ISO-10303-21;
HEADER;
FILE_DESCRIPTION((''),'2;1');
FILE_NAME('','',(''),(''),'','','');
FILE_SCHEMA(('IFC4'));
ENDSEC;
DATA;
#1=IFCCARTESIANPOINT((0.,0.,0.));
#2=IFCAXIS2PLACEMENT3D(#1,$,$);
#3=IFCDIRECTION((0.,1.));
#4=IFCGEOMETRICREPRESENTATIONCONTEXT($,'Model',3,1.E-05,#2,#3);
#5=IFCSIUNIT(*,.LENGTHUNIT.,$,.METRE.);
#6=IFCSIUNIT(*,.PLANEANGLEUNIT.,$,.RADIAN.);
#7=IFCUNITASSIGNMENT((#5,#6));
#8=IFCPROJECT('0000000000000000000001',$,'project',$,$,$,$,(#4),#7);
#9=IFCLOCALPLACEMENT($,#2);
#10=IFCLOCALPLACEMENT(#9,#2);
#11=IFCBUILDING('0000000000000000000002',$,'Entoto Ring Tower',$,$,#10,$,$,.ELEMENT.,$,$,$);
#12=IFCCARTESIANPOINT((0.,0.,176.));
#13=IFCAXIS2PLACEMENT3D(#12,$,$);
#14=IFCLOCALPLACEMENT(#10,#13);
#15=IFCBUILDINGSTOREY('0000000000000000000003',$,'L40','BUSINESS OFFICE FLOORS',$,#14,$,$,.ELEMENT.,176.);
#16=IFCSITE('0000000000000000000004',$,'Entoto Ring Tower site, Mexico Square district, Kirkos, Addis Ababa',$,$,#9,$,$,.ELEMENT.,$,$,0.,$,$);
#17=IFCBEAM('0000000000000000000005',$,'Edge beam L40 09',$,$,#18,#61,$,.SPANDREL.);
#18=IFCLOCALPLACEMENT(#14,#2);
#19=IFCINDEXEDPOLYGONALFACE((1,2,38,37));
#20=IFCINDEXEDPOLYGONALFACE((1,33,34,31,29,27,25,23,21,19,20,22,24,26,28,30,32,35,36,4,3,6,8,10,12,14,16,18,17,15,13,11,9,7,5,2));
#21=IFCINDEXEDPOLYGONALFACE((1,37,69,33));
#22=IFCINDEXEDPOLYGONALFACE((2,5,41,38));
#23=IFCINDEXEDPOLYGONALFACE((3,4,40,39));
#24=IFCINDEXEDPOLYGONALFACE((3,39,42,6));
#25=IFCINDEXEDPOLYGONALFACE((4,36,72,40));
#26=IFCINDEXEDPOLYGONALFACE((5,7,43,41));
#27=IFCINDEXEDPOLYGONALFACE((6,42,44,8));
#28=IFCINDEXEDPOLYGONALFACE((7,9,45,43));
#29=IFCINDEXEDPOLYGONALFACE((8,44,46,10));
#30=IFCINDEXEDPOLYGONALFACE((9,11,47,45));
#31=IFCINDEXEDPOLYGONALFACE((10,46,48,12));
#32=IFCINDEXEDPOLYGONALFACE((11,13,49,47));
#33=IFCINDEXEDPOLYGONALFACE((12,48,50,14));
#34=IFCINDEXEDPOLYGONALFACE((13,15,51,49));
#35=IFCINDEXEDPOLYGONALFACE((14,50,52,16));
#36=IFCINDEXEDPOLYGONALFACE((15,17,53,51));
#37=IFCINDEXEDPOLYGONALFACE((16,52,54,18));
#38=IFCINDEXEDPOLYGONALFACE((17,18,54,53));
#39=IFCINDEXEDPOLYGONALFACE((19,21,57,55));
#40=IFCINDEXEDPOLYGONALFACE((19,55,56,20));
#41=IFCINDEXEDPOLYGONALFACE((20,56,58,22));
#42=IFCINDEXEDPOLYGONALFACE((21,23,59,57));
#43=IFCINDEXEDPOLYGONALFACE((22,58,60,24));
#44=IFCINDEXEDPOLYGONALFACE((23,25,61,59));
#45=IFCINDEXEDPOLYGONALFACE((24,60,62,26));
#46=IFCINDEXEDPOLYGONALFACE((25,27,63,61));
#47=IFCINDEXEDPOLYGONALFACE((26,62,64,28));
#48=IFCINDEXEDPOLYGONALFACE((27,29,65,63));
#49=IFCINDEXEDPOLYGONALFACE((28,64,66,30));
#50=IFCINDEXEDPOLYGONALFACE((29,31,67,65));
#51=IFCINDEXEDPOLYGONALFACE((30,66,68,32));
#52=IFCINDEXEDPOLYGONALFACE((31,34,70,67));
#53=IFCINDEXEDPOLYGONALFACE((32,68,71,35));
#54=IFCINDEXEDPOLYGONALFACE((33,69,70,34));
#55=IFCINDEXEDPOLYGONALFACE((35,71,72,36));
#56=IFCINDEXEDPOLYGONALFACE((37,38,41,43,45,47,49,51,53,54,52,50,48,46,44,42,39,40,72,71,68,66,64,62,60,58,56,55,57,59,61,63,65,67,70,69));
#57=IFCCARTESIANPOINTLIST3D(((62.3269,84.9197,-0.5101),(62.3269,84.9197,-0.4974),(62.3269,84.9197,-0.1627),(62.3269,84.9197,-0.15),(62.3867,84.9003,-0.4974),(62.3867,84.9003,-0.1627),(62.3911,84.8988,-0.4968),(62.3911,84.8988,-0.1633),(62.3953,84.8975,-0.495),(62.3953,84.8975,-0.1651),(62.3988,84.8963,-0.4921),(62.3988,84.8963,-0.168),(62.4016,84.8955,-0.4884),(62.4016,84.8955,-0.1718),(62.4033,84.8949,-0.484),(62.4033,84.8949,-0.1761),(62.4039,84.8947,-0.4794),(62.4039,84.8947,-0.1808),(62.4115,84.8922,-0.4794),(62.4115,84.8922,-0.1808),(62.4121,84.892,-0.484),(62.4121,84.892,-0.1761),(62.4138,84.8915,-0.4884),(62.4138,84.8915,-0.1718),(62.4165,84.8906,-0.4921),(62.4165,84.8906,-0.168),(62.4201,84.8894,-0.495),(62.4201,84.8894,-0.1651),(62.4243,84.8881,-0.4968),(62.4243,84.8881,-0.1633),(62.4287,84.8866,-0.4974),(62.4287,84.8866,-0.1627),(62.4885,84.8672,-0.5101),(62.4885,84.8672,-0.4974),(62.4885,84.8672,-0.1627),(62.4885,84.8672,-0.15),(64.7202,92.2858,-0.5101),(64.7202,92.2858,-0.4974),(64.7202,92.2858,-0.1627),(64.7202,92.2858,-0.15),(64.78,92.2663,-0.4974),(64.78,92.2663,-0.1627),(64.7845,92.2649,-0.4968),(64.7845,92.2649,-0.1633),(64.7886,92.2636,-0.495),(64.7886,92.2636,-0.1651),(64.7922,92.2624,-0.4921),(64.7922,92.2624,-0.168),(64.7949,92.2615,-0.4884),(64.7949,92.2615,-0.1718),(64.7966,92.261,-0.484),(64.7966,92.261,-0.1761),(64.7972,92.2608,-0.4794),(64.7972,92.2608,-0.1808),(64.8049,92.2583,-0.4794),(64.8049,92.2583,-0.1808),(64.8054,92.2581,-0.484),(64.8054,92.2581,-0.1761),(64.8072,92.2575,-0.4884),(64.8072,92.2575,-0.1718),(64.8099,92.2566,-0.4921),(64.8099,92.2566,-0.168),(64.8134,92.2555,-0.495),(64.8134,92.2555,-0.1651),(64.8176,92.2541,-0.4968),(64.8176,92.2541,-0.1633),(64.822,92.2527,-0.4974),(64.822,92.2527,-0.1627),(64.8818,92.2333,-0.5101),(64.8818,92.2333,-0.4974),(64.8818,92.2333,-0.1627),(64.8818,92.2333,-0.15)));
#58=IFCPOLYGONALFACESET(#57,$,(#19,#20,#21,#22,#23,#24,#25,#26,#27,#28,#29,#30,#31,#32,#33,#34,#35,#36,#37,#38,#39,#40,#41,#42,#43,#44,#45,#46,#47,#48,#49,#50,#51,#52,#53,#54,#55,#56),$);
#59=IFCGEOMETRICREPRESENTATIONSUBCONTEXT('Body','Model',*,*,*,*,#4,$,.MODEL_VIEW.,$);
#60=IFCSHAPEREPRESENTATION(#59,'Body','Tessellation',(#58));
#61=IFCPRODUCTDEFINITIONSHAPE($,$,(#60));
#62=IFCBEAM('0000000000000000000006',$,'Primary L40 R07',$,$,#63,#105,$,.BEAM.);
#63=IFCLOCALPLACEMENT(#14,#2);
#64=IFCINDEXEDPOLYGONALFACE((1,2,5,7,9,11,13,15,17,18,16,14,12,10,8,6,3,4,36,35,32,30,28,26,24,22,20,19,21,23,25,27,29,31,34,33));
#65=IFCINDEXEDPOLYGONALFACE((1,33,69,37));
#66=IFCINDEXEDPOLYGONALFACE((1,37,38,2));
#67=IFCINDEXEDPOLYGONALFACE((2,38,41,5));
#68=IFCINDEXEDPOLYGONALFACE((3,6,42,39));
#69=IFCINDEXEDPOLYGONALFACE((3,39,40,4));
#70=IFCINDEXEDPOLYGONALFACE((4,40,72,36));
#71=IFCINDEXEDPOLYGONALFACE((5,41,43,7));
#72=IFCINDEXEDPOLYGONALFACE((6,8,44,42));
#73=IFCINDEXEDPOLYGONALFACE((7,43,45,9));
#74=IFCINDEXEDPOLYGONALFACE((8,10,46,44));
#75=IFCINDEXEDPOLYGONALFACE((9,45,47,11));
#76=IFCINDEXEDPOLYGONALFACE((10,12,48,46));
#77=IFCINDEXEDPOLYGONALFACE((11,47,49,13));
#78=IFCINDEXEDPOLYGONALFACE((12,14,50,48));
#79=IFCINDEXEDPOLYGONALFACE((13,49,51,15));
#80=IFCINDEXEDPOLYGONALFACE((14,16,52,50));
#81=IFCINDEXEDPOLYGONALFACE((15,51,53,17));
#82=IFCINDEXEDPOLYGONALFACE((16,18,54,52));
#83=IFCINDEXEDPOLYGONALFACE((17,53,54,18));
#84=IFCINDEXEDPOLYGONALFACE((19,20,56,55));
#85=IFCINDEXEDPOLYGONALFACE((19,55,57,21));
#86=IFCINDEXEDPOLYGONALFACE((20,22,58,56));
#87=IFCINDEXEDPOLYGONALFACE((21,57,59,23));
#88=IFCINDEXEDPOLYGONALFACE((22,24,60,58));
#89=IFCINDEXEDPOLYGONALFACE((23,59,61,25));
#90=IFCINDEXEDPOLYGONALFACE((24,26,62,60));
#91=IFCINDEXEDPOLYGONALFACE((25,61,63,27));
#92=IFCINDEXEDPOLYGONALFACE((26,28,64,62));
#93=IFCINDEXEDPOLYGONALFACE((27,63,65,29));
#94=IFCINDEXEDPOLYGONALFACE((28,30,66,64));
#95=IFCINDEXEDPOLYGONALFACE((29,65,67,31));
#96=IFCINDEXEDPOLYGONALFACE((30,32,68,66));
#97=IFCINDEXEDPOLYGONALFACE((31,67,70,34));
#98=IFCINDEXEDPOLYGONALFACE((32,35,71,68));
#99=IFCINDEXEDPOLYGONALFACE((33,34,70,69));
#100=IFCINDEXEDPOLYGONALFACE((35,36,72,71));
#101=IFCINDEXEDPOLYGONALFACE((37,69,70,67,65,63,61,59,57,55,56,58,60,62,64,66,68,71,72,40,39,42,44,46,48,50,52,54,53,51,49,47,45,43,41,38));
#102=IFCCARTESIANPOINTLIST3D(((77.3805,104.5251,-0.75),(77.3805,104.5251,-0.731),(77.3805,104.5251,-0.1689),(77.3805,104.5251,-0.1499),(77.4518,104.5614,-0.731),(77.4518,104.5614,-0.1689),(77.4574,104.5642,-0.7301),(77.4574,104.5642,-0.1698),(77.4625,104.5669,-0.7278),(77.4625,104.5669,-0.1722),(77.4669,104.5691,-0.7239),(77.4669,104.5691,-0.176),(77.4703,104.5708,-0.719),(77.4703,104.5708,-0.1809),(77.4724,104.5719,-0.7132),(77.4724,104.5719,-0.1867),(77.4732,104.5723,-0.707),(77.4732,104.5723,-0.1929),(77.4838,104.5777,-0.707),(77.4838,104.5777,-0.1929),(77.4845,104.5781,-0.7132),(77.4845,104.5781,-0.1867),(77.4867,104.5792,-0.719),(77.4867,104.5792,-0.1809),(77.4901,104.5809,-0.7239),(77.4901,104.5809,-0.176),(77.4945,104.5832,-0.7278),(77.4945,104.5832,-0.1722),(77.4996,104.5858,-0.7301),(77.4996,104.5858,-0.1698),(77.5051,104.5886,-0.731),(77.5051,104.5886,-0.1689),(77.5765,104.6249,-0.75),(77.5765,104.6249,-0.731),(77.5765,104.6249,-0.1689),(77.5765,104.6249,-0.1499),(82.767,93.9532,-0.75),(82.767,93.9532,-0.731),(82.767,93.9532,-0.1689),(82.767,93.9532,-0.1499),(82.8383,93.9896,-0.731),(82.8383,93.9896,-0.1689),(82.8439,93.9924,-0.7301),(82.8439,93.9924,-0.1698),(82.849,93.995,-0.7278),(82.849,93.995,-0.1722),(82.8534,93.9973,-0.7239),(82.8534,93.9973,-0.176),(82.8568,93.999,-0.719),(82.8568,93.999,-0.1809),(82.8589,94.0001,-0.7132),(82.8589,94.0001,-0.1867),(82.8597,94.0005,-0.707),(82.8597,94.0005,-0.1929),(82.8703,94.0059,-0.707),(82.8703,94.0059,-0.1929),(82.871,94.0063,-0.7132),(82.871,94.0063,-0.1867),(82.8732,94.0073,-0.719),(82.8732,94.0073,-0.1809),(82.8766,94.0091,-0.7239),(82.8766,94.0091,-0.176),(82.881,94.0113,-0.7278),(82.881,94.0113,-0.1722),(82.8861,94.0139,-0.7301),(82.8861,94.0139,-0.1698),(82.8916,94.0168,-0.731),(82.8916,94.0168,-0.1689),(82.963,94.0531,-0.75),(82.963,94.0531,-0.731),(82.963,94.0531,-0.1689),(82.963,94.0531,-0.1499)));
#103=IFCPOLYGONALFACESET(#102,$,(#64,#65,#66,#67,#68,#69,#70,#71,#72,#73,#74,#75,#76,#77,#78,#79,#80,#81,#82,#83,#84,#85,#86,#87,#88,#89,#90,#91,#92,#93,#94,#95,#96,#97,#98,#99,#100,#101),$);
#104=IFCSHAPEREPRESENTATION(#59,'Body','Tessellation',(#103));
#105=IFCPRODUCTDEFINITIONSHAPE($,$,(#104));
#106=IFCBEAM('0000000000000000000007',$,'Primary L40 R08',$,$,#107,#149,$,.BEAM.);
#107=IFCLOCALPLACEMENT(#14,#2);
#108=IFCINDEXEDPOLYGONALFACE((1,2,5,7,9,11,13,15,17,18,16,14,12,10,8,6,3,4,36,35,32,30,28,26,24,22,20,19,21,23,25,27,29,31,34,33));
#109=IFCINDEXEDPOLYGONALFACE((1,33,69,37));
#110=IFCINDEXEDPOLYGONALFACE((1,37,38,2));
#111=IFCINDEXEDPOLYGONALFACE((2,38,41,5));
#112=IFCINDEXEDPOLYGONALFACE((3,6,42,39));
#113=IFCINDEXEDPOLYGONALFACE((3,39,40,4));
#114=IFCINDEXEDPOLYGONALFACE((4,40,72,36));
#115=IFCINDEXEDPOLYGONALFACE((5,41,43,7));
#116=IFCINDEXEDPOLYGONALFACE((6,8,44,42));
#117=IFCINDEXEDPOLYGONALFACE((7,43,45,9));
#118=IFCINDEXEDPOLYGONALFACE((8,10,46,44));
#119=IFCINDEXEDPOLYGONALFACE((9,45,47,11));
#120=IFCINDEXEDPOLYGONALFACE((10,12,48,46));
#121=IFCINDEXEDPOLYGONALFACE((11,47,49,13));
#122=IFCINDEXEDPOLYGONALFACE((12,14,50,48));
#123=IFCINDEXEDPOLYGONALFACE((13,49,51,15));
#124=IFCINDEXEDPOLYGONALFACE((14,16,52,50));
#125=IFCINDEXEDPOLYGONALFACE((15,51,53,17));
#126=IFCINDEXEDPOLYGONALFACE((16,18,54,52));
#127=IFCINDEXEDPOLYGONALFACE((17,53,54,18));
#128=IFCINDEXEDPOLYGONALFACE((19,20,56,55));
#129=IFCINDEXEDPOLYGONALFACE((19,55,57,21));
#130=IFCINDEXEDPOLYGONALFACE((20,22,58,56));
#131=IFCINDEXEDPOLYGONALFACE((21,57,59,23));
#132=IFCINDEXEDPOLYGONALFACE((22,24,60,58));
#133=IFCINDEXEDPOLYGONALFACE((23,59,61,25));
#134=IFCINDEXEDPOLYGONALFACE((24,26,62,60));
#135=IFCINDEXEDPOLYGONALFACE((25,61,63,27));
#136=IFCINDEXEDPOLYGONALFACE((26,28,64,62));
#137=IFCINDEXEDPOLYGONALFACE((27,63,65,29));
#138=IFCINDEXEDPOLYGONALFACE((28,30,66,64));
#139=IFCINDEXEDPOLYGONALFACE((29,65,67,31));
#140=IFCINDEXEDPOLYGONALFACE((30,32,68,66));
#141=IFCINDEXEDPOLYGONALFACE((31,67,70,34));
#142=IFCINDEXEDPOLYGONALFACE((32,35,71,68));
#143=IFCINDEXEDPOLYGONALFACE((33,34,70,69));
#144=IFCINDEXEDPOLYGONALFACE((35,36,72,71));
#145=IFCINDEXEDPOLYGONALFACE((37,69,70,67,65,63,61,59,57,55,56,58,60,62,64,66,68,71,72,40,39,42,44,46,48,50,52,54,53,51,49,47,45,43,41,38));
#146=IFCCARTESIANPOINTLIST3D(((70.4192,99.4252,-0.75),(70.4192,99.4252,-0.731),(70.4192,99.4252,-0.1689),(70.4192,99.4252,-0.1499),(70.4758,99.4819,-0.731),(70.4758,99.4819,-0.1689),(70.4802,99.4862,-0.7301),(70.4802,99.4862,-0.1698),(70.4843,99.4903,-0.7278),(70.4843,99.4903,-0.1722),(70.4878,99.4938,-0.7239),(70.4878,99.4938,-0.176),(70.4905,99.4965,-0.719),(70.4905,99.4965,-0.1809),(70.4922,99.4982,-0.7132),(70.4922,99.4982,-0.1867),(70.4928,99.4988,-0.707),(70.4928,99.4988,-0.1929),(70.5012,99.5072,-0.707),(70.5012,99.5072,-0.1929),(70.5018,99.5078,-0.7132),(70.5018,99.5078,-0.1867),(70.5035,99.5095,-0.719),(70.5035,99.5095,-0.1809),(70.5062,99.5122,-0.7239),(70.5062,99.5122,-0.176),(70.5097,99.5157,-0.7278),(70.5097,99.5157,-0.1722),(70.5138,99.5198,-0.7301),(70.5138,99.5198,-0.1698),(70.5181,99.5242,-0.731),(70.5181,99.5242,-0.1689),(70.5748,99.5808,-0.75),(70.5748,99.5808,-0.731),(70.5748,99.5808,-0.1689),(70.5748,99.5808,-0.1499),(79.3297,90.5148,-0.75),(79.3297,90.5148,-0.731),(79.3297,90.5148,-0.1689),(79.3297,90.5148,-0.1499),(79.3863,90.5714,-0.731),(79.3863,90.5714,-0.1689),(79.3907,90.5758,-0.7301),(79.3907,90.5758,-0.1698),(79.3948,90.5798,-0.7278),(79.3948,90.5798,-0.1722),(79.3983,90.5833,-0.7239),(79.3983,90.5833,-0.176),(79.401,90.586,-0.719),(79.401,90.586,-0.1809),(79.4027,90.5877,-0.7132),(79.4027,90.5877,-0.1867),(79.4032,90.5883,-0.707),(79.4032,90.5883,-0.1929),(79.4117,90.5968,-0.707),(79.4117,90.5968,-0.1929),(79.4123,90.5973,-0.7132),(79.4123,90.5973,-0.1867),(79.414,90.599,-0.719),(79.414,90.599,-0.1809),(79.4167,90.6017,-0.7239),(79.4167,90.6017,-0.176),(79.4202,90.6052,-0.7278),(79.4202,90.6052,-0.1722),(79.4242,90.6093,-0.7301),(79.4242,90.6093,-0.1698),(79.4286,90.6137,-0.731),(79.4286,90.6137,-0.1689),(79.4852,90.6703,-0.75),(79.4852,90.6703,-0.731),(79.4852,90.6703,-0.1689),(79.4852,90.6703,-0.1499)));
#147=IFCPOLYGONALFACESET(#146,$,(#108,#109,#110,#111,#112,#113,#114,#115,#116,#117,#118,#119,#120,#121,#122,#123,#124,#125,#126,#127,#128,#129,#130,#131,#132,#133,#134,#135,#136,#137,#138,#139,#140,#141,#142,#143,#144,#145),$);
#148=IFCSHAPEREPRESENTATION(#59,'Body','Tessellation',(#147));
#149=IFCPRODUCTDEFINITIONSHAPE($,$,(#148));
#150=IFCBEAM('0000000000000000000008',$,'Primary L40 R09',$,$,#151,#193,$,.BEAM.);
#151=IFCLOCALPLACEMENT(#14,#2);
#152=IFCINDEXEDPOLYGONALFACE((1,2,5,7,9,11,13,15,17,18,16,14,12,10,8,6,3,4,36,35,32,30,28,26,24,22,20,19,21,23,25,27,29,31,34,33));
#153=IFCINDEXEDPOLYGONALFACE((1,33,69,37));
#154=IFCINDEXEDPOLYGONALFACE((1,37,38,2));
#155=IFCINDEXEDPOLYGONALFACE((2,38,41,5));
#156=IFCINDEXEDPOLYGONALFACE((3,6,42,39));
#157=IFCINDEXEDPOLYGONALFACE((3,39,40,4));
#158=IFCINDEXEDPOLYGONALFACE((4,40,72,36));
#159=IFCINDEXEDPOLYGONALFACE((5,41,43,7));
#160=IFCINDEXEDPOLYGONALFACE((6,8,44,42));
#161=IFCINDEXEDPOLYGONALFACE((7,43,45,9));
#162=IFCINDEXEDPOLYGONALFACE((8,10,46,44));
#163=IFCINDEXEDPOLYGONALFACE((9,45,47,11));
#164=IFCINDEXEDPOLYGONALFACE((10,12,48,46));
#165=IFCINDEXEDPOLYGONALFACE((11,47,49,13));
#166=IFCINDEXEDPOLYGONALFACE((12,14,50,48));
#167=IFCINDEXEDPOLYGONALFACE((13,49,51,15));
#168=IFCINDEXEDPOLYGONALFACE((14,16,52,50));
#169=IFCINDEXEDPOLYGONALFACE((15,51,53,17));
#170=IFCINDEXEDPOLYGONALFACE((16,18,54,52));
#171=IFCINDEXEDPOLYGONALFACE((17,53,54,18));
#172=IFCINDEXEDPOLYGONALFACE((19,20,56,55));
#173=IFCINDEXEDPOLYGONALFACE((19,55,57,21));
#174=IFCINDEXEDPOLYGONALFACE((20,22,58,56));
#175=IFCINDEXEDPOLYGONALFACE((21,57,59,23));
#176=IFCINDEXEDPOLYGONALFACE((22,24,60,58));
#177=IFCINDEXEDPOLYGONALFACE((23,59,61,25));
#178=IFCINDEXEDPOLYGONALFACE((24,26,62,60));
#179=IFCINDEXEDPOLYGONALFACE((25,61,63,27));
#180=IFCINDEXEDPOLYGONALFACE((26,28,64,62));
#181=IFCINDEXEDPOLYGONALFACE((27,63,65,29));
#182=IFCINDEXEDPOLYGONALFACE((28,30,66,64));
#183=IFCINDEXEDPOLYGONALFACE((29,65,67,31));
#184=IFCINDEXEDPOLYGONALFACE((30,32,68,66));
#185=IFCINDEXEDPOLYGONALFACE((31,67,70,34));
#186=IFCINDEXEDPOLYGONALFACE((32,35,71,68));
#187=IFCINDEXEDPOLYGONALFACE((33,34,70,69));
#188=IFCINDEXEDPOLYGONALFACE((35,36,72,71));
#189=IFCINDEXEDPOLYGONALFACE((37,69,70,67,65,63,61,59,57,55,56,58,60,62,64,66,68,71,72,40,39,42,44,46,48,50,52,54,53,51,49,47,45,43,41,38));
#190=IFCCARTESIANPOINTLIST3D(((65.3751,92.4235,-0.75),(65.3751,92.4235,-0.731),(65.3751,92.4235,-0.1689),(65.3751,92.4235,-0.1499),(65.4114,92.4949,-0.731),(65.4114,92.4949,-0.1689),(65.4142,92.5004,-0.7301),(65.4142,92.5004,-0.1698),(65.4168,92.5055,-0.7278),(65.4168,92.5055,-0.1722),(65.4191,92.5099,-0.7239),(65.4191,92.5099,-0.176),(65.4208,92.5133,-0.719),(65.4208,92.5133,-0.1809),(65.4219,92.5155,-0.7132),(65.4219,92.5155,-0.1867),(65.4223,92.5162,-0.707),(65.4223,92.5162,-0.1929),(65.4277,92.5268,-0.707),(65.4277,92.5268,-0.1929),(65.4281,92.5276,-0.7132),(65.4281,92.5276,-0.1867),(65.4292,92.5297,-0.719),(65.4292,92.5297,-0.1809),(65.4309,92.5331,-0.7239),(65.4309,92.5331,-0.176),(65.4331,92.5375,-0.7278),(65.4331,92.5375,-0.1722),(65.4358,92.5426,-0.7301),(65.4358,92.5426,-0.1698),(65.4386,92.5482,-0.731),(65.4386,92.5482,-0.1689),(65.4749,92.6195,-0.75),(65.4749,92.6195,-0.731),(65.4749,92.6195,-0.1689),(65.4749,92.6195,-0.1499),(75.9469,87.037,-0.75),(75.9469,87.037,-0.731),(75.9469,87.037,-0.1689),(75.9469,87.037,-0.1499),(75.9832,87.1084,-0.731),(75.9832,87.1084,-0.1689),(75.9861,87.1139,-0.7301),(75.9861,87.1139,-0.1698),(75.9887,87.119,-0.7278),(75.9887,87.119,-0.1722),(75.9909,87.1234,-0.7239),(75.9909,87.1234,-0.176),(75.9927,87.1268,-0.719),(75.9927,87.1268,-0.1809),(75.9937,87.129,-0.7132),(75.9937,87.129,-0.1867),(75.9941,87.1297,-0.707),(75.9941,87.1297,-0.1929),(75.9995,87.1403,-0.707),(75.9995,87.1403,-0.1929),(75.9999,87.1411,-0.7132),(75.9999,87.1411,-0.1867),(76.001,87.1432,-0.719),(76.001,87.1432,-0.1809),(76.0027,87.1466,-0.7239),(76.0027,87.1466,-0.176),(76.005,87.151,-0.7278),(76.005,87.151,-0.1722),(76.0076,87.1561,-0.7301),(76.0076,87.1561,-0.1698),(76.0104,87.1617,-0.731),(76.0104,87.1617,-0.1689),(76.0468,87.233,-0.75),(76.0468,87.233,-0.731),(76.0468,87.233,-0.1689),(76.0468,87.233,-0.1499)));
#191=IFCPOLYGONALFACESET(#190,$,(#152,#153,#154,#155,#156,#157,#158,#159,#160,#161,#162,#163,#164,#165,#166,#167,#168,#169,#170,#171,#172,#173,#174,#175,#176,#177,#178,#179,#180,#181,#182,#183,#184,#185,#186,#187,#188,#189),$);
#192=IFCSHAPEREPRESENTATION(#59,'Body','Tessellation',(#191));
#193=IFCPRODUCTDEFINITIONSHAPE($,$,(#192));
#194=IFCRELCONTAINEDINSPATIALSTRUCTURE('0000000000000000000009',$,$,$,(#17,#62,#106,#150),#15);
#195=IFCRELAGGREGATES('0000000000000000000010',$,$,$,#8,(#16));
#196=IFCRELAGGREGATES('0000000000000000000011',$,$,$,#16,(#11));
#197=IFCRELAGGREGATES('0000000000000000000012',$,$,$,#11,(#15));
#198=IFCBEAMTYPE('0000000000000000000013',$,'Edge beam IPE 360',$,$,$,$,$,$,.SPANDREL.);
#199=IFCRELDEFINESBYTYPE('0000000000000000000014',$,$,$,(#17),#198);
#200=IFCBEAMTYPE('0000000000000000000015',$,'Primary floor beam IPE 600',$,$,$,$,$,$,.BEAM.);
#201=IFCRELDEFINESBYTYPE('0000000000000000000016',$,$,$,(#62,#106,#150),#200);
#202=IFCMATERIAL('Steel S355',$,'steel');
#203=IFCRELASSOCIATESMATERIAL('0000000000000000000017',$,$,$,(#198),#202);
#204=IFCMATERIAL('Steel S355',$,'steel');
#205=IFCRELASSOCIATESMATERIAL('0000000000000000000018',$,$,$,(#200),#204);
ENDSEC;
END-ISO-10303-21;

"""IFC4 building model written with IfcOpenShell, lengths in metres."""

from ifc_helpers import new_model, si_unit, direction, frame, origin, origin_2d, place, context, subcontext, project, spatial, i_section, extrude, material, material_profile, profile_set, type_object, element, save


model = new_model("IFC4")

# Units and contexts
model_context = context("Model", 3, precision=1e-05, world=origin(), true_north=direction((0.0, 1.0)))
body_context = subcontext(model_context, "Body", "Model", "MODEL_VIEW")
ifc_project = project(units=[si_unit("LENGTHUNIT", "METRE"), si_unit("PLANEANGLEUNIT", "RADIAN")], contexts=[model_context])

# Site, building, storey
site_placement = place(None, origin())
site = spatial("IfcSite", under=ifc_project, at=site_placement, Name="Entoto Ring Tower site, Mexico Square district, Kirkos, Addis Ababa", CompositionType="ELEMENT", RefElevation=0.0)
building_placement = place(site_placement, origin())
building = spatial("IfcBuilding", under=site, at=building_placement, Name="Entoto Ring Tower", CompositionType="ELEMENT")
storey_placement = place(building_placement, frame((0.0, 0.0, 176.0)))
storey = spatial("IfcBuildingStorey", under=building, at=storey_placement, Name="L40", Description="BUSINESS OFFICE FLOORS", CompositionType="ELEMENT", Elevation=176.0)

# Beams
ifc_material_1 = material(Name="Steel S355", Category="steel")
ifc_material_profile_1 = material_profile(ifc_material_1, i_section(OverallWidth=0.1699, OverallDepth=0.3601, WebThickness=0.0081, FlangeThickness=0.0127, FilletRadius=0.0181, at=origin_2d()), Name="IPE 360")
ifc_profile_set_1 = profile_set([ifc_material_profile_1], Name="Steel S355")
beam_type_1 = type_object("IfcBeamType", Name="Edge beam IPE 360", PredefinedType="SPANDREL", material=ifc_profile_set_1)
for number, where, z_axis, x_axis, name in (
    (1, (64.801, 92.2595, -0.3301), (-0.309013, -0.951058, 0.0), (0.951058, -0.309013, 0.0), "Edge beam L40 09"),
):
    element("IfcBeam", number, at=place(storey_placement, frame(where, z_axis=z_axis, x_axis=x_axis)), inside=storey, type_object=beam_type_1, Name=name, PredefinedType="SPANDREL", context=body_context, shape_type="SweptSolid", body=[
        extrude(i_section(OverallWidth=0.1699, OverallDepth=0.3601, WebThickness=0.0081, FlangeThickness=0.0127, FilletRadius=0.0181, at=origin_2d()), origin(), (0.0, 0.0, 1.0), 7.7451),
    ])
ifc_material_2 = material(Name="Steel S355", Category="steel")
ifc_material_profile_2 = material_profile(ifc_material_2, i_section(OverallWidth=0.22, OverallDepth=0.6001, WebThickness=0.012, FlangeThickness=0.019, FilletRadius=0.0239, at=origin_2d()), Name="IPE 600")
ifc_profile_set_2 = profile_set([ifc_material_profile_2], Name="Steel S355")
beam_type_2 = type_object("IfcBeamType", Name="Primary floor beam IPE 600", PredefinedType="BEAM", material=ifc_profile_set_2)
beam_1_placement = place(storey_placement, frame((82.865, 94.0032, -0.45), z_axis=(-0.453983, 0.89101, 0.0), x_axis=(-0.89101, -0.453983, 0.0)))
element("IfcBeam", 2, at=beam_1_placement, inside=storey, type_object=beam_type_2, Name="Primary L40 R07", PredefinedType="BEAM", context=body_context, shape_type="SweptSolid", body=[
    extrude(i_section(OverallWidth=0.22, OverallDepth=0.6001, WebThickness=0.012, FlangeThickness=0.019, FilletRadius=0.0239, at=origin_2d()), origin(), (0.0, 0.0, 1.0), 11.865),
])
beam_2_placement = place(storey_placement, frame((79.4075, 90.5925, -0.45), z_axis=(-0.707107, 0.707107, 0.0), x_axis=(-0.707107, -0.707107, 0.0)))
element("IfcBeam", 3, at=beam_2_placement, inside=storey, type_object=beam_type_2, Name="Primary L40 R08", PredefinedType="BEAM", context=body_context, shape_type="SweptSolid", body=[
    extrude(i_section(OverallWidth=0.22, OverallDepth=0.6001, WebThickness=0.012, FlangeThickness=0.019, FilletRadius=0.0239, at=origin_2d()), origin(), (0.0, 0.0, 1.0), 12.6013),
])
beam_3_placement = place(storey_placement, frame((75.9968, 87.135, -0.45), z_axis=(-0.89101, 0.453983, 0.0), x_axis=(-0.453983, -0.89101, 0.0)))
element("IfcBeam", 4, at=beam_3_placement, inside=storey, type_object=beam_type_2, Name="Primary L40 R09", PredefinedType="BEAM", context=body_context, shape_type="SweptSolid", body=[
    extrude(i_section(OverallWidth=0.22, OverallDepth=0.6001, WebThickness=0.012, FlangeThickness=0.019, FilletRadius=0.0239, at=origin_2d()), origin(), (0.0, 0.0, 1.0), 11.865),
])

save(model, "model.ifc")
